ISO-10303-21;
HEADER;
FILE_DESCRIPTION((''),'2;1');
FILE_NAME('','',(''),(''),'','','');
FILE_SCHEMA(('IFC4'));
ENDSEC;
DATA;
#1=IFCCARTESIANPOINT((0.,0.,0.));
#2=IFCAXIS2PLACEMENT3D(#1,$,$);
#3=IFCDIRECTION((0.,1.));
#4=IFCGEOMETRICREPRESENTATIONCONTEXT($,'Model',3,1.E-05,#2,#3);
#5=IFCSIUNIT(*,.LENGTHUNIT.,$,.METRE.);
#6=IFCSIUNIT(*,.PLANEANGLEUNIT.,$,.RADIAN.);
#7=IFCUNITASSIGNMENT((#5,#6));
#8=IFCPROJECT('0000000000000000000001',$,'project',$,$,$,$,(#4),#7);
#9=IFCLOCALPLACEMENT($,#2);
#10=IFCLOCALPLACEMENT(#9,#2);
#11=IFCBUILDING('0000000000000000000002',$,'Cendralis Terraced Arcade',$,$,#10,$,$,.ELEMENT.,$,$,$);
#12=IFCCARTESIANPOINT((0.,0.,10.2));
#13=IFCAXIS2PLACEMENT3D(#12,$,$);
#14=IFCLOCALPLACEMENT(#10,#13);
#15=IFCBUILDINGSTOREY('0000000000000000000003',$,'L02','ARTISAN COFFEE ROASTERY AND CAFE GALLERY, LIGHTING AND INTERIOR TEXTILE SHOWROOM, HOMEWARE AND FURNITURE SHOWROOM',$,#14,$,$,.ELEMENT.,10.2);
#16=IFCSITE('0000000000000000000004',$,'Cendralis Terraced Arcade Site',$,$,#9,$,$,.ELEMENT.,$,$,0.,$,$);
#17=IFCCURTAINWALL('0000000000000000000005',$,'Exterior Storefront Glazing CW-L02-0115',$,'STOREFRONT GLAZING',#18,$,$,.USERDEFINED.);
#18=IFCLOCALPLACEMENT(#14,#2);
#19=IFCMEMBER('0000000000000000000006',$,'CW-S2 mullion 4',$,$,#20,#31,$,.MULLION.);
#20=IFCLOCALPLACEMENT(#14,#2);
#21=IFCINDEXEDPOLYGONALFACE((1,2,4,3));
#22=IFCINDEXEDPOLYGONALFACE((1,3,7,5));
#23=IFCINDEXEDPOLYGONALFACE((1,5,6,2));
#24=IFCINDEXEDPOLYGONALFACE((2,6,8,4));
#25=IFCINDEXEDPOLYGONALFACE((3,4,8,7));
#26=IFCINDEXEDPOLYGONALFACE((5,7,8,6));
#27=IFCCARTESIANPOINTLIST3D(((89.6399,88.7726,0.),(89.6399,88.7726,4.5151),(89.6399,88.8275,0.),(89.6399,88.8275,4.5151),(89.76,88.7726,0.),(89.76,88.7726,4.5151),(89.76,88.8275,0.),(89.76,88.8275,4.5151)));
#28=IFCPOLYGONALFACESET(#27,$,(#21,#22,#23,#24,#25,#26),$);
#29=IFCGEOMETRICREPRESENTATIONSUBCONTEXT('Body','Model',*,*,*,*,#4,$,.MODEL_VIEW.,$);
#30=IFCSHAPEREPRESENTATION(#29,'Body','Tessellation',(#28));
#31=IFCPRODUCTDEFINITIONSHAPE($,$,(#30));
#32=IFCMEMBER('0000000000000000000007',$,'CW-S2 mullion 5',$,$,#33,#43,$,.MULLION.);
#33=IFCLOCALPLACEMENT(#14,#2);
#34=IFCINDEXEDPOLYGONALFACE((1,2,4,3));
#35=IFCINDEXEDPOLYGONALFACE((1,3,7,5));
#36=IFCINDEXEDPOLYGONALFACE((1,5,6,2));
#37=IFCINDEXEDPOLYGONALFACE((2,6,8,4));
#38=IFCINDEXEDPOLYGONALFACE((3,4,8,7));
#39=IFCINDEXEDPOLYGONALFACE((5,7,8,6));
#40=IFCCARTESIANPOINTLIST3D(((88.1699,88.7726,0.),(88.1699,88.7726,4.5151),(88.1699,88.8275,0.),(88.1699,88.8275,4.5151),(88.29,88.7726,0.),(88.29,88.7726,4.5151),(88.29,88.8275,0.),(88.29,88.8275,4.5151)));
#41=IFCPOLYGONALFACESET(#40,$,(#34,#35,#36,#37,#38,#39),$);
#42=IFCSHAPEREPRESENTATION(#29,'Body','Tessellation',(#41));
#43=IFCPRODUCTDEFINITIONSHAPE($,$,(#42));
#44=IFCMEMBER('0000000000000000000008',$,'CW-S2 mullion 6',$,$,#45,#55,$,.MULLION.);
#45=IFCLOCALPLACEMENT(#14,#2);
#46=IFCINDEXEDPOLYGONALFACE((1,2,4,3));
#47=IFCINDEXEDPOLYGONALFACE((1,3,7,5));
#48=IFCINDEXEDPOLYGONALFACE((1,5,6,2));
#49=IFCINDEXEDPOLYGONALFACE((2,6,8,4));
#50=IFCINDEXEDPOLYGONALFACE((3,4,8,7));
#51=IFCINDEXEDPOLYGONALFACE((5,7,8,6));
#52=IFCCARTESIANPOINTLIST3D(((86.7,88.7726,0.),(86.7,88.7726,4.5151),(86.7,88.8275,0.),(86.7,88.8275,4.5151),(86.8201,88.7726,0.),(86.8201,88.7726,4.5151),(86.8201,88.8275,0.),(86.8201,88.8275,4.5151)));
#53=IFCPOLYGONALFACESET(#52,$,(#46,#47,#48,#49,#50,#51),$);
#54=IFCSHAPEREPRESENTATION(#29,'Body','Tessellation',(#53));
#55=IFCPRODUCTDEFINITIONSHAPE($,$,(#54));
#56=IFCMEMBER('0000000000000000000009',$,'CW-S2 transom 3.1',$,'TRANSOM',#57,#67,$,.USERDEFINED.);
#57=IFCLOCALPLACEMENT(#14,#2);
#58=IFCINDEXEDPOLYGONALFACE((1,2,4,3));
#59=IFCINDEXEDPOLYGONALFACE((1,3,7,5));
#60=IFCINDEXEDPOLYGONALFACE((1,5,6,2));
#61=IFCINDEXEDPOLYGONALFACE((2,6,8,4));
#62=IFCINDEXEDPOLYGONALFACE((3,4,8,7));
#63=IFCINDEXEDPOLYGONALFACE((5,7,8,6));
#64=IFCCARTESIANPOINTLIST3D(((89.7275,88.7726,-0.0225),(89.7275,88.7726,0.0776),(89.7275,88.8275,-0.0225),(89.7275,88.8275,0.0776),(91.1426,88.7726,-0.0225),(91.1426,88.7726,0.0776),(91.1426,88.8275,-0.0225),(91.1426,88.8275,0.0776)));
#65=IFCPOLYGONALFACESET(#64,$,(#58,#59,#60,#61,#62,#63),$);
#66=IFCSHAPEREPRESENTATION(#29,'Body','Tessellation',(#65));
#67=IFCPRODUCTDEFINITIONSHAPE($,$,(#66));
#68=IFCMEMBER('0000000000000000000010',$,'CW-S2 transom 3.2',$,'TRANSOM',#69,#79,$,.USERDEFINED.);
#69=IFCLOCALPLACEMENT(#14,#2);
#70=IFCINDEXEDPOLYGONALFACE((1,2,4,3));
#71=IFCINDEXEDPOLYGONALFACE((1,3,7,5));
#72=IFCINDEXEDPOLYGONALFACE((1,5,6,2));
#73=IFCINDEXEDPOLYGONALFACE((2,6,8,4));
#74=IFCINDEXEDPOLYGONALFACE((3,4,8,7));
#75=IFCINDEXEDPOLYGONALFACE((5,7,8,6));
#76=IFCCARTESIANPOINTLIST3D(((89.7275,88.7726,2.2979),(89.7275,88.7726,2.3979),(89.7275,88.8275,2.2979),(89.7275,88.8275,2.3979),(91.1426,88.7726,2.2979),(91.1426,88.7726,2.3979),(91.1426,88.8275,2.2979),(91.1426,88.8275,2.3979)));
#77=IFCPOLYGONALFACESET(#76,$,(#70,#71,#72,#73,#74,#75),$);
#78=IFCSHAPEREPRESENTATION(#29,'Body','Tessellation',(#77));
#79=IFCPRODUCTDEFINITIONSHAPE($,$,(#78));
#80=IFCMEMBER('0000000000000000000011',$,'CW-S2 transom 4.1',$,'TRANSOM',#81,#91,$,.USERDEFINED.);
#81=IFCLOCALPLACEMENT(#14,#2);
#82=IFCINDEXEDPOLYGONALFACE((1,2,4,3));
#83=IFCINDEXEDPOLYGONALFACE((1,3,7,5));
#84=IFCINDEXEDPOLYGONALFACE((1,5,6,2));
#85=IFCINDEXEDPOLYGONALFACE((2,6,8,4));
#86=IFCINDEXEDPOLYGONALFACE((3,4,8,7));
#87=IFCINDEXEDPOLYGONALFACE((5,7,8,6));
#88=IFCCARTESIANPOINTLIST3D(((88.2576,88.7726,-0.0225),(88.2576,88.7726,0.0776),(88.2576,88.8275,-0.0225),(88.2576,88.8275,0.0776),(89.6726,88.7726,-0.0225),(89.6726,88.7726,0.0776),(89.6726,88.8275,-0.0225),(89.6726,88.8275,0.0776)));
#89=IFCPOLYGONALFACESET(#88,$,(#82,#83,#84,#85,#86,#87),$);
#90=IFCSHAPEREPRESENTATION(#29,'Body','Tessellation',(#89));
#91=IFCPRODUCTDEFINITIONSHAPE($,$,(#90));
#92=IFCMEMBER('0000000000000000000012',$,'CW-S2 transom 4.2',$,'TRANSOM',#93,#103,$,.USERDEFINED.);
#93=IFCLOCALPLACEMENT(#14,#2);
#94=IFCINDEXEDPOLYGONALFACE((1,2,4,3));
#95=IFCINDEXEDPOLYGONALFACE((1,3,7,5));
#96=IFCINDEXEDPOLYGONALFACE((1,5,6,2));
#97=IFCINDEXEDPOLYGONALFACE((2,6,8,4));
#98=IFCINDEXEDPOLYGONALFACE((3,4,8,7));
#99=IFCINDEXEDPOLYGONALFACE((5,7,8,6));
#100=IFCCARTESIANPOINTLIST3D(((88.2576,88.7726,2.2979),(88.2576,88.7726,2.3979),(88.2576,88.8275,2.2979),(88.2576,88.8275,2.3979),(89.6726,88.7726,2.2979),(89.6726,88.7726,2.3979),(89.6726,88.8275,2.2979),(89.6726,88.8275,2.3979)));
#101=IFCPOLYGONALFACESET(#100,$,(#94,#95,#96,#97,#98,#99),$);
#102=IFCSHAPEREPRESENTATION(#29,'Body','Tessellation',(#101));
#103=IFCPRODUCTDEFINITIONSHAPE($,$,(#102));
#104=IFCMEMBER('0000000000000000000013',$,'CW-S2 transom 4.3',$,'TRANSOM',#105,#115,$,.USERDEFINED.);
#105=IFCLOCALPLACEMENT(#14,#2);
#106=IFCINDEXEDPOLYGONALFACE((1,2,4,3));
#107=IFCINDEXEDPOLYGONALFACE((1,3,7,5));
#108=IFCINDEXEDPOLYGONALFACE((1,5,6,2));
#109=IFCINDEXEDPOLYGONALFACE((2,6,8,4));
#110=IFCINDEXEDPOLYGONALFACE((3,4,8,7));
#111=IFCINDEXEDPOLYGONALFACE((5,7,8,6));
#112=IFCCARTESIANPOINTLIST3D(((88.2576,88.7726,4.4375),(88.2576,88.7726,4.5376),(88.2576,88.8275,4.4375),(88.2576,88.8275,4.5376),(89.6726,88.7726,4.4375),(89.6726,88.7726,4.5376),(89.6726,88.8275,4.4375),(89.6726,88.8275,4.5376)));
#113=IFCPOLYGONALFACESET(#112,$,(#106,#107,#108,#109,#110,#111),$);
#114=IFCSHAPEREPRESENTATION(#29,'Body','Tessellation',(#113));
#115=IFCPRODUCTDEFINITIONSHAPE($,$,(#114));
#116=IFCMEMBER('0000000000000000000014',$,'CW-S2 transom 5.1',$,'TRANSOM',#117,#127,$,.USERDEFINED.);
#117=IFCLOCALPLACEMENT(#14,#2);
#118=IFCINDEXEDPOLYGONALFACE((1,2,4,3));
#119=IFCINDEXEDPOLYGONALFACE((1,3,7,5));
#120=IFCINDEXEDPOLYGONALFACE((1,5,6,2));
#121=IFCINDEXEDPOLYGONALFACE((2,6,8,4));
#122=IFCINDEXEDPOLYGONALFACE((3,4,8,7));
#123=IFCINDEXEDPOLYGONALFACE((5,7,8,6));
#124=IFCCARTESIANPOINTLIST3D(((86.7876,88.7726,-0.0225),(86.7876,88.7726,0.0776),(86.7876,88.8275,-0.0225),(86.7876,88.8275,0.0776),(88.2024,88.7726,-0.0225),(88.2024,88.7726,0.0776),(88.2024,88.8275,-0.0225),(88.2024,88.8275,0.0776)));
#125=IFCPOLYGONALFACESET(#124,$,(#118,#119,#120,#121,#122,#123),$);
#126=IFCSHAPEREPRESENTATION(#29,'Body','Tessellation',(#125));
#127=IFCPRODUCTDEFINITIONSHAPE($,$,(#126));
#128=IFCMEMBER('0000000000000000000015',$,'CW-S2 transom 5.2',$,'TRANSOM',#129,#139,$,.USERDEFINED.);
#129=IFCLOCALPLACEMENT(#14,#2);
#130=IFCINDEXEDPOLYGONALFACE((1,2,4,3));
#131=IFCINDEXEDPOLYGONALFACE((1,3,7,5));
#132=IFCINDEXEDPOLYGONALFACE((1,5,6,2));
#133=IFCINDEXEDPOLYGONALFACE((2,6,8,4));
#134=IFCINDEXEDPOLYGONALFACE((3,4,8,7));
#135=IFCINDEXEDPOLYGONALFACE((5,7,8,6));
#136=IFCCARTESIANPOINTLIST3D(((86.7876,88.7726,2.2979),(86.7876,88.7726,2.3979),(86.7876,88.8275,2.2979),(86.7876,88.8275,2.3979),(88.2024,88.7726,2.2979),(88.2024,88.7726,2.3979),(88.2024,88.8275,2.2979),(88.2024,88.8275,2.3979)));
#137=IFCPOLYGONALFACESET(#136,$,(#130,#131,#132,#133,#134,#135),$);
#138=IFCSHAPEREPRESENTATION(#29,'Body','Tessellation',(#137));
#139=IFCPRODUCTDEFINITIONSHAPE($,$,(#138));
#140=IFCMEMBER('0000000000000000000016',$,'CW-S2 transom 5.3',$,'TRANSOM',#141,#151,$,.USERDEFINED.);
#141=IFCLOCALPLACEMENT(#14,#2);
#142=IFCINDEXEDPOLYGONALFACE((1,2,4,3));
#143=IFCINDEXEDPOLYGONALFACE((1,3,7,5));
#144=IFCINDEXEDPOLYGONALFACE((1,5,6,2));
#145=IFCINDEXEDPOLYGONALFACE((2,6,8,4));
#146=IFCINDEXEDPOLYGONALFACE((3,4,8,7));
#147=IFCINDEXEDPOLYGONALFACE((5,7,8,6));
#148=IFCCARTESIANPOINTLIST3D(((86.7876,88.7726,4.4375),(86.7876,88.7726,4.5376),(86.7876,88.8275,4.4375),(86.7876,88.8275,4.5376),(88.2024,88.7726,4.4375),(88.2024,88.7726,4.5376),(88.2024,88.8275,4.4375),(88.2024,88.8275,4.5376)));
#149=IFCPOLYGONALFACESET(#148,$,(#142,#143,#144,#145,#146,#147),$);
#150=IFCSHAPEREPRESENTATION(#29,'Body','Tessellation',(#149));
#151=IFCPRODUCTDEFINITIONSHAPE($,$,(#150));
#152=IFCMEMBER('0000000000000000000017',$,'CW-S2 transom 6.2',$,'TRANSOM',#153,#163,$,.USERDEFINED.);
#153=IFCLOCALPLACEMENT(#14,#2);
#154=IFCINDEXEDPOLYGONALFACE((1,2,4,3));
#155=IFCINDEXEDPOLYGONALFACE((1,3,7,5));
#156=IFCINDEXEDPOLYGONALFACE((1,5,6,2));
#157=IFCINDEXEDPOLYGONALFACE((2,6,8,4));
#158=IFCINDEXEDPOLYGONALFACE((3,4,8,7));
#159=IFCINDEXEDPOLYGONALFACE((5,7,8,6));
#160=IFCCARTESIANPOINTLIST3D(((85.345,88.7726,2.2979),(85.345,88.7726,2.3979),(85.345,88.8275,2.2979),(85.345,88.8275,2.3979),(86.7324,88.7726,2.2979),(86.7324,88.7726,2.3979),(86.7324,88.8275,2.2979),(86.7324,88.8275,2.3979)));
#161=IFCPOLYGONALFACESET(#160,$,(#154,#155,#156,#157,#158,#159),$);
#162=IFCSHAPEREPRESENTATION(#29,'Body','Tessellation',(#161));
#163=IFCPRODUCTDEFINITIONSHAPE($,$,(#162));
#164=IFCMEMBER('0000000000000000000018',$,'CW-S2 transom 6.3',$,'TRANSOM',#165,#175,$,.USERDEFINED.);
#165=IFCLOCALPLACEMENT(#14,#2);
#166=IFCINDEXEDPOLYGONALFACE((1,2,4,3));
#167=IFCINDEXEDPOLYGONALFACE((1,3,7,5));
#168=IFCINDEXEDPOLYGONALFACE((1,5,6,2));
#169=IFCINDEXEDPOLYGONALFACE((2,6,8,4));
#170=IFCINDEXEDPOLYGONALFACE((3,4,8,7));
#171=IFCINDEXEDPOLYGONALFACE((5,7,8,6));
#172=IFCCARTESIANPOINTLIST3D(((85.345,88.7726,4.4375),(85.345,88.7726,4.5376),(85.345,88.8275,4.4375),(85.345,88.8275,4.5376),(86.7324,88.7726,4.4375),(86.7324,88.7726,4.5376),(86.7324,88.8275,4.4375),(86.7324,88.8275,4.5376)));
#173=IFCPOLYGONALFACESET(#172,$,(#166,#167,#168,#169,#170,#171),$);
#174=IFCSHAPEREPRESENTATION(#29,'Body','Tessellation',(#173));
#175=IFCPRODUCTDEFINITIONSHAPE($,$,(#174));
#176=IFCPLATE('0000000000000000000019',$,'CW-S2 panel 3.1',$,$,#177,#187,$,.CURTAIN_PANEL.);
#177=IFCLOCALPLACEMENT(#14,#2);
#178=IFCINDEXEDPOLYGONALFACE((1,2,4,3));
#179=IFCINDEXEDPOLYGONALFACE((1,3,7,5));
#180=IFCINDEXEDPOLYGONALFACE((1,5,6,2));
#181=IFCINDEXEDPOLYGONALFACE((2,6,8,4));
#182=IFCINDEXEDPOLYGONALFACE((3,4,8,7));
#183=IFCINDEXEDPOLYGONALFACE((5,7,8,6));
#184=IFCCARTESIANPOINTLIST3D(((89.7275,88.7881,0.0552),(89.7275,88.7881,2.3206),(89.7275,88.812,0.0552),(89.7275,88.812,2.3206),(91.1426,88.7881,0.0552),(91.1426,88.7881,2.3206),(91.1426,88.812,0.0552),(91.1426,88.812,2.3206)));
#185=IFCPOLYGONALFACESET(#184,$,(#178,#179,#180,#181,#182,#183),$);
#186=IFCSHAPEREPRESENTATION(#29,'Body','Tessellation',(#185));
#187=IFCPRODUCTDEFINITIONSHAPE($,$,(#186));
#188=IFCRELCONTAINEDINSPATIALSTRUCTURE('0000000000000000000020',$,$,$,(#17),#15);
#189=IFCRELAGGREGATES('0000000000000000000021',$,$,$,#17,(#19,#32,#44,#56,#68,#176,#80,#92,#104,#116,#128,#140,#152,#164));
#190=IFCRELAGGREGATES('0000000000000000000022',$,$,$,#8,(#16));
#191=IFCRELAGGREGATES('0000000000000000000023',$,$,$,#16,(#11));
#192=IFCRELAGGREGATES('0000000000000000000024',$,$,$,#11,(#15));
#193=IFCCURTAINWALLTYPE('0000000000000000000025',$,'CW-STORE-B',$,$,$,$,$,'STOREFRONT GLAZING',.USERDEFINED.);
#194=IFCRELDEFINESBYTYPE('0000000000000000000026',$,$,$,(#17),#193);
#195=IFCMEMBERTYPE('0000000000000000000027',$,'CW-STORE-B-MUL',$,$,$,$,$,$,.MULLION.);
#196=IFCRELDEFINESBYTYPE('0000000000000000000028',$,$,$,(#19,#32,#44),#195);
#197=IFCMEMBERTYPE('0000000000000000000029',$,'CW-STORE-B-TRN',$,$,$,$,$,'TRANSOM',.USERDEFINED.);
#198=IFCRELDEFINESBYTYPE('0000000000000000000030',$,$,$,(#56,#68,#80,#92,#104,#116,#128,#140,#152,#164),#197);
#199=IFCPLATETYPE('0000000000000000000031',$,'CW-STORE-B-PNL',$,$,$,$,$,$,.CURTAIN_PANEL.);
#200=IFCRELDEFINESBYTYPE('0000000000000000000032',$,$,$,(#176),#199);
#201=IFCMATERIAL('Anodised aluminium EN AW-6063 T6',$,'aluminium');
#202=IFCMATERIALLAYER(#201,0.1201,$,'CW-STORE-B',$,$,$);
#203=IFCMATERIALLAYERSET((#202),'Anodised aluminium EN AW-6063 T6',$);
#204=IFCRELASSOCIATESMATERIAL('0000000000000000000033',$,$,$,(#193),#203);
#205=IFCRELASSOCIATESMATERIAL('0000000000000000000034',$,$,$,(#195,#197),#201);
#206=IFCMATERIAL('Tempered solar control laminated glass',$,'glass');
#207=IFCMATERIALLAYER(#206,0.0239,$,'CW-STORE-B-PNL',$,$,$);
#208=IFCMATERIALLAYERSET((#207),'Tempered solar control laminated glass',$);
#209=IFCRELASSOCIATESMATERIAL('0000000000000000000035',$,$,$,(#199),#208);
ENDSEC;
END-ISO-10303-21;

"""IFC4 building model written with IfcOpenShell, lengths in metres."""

from ifc_helpers import new_model, si_unit, direction, frame, origin, origin_2d, place, context, subcontext, project, spatial, rectangle, extrude, material, layer, layer_set, material_profile, profile_set, type_object, element, aggregate, save


model = new_model("IFC4")

# Units and contexts
model_context = context("Model", 3, precision=1e-05, world=origin(), true_north=direction((0.0, 1.0)))
body_context = subcontext(model_context, "Body", "Model", "MODEL_VIEW")
ifc_project = project(units=[si_unit("LENGTHUNIT", "METRE"), si_unit("PLANEANGLEUNIT", "RADIAN")], contexts=[model_context])

# Site, building, storey
site_placement = place(None, origin())
site = spatial("IfcSite", under=ifc_project, at=site_placement, Name="Cendralis Terraced Arcade Site", CompositionType="ELEMENT", RefElevation=0.0)
building_placement = place(site_placement, origin())
building = spatial("IfcBuilding", under=site, at=building_placement, Name="Cendralis Terraced Arcade", CompositionType="ELEMENT")
storey_placement = place(building_placement, frame((0.0, 0.0, 10.2)))
storey = spatial("IfcBuildingStorey", under=building, at=storey_placement, Name="L02", Description="ARTISAN COFFEE ROASTERY AND CAFE GALLERY, LIGHTING AND INTERIOR TEXTILE SHOWROOM, HOMEWARE AND FURNITURE SHOWROOM", CompositionType="ELEMENT", Elevation=10.2)

# Curtain wall, members, plate
ifc_material_1 = material(Name="Anodised aluminium EN AW-6063 T6", Category="aluminium")
ifc_layer_1 = layer(ifc_material_1, 0.1201, Name="CW-STORE-B")
ifc_layer_set_1 = layer_set([ifc_layer_1], Name="Anodised aluminium EN AW-6063 T6")
curtain_wall_type = type_object("IfcCurtainWallType", Name="CW-STORE-B", ElementType="STOREFRONT GLAZING", PredefinedType="USERDEFINED", material=ifc_layer_set_1)
curtain_wall_placement = place(storey_placement, origin())
curtain_wall = element("IfcCurtainWall", 1, at=curtain_wall_placement, inside=storey, type_object=curtain_wall_type, Name="Exterior Storefront Glazing CW-L02-0115", ObjectType="STOREFRONT GLAZING", PredefinedType="USERDEFINED")
ifc_material_profile_1 = material_profile(ifc_material_1, rectangle(XDim=0.0549, YDim=0.1201, at=origin_2d()), Name="ALU-MUL-55x120")
ifc_profile_set_1 = profile_set([ifc_material_profile_1], Name="Anodised aluminium EN AW-6063 T6")
member_type_1 = type_object("IfcMemberType", Name="CW-STORE-B-MUL", PredefinedType="MULLION", material=ifc_profile_set_1)
member_1_placement = place(storey_placement, frame((89.7, 88.8, 0.0), z_axis=(0.0, 0.0, 1.0), x_axis=(0.0, -1.0, 0.0)))
member_1 = element("IfcMember", 2, at=member_1_placement, type_object=member_type_1, Name="CW-S2 mullion 4", PredefinedType="MULLION", context=body_context, shape_type="SweptSolid", body=[
    extrude(rectangle(XDim=0.0549, YDim=0.1201, at=origin_2d()), origin(), (0.0, 0.0, 1.0), 4.5151),
])
member_2_placement = place(storey_placement, frame((88.23, 88.8, 0.0), z_axis=(0.0, 0.0, 1.0), x_axis=(0.0, -1.0, 0.0)))
member_2 = element("IfcMember", 3, at=member_2_placement, type_object=member_type_1, Name="CW-S2 mullion 5", PredefinedType="MULLION", context=body_context, shape_type="SweptSolid", body=[
    extrude(rectangle(XDim=0.0549, YDim=0.1201, at=origin_2d()), origin(), (0.0, 0.0, 1.0), 4.5151),
])
member_3_placement = place(storey_placement, frame((86.76, 88.8, 0.0), z_axis=(0.0, 0.0, 1.0), x_axis=(0.0, -1.0, 0.0)))
member_3 = element("IfcMember", 4, at=member_3_placement, type_object=member_type_1, Name="CW-S2 mullion 6", PredefinedType="MULLION", context=body_context, shape_type="SweptSolid", body=[
    extrude(rectangle(XDim=0.0549, YDim=0.1201, at=origin_2d()), origin(), (0.0, 0.0, 1.0), 4.5151),
])
ifc_material_profile_2 = material_profile(ifc_material_1, rectangle(XDim=0.0549, YDim=0.1001, at=origin_2d()), Name="ALU-TRN-55x100")
ifc_profile_set_2 = profile_set([ifc_material_profile_2], Name="Anodised aluminium EN AW-6063 T6")
member_type_2 = type_object("IfcMemberType", Name="CW-STORE-B-TRN", ElementType="TRANSOM", PredefinedType="USERDEFINED", material=ifc_profile_set_2)
member_4_placement = place(storey_placement, frame((91.1426, 88.8, 0.0276), z_axis=(-1.0, 0.0, 0.0), x_axis=(0.0, -1.0, 0.0)))
member_4 = element("IfcMember", 5, at=member_4_placement, type_object=member_type_2, Name="CW-S2 transom 3.1", ObjectType="TRANSOM", PredefinedType="USERDEFINED", context=body_context, shape_type="SweptSolid", body=[
    extrude(rectangle(XDim=0.0549, YDim=0.1001, at=origin_2d()), origin(), (0.0, 0.0, 1.0), 1.415),
])
member_5_placement = place(storey_placement, frame((91.1426, 88.8, 2.3479), z_axis=(-1.0, 0.0, 0.0), x_axis=(0.0, -1.0, 0.0)))
member_5 = element("IfcMember", 6, at=member_5_placement, type_object=member_type_2, Name="CW-S2 transom 3.2", ObjectType="TRANSOM", PredefinedType="USERDEFINED", context=body_context, shape_type="SweptSolid", body=[
    extrude(rectangle(XDim=0.0549, YDim=0.1001, at=origin_2d()), origin(), (0.0, 0.0, 1.0), 1.415),
])
member_6_placement = place(storey_placement, frame((89.6726, 88.8, 0.0276), z_axis=(-1.0, 0.0, 0.0), x_axis=(0.0, -1.0, 0.0)))
member_6 = element("IfcMember", 7, at=member_6_placement, type_object=member_type_2, Name="CW-S2 transom 4.1", ObjectType="TRANSOM", PredefinedType="USERDEFINED", context=body_context, shape_type="SweptSolid", body=[
    extrude(rectangle(XDim=0.0549, YDim=0.1001, at=origin_2d()), origin(), (0.0, 0.0, 1.0), 1.415),
])
member_7_placement = place(storey_placement, frame((89.6726, 88.8, 2.3479), z_axis=(-1.0, 0.0, 0.0), x_axis=(0.0, -1.0, 0.0)))
member_7 = element("IfcMember", 8, at=member_7_placement, type_object=member_type_2, Name="CW-S2 transom 4.2", ObjectType="TRANSOM", PredefinedType="USERDEFINED", context=body_context, shape_type="SweptSolid", body=[
    extrude(rectangle(XDim=0.0549, YDim=0.1001, at=origin_2d()), origin(), (0.0, 0.0, 1.0), 1.415),
])
member_8_placement = place(storey_placement, frame((89.6726, 88.8, 4.4875), z_axis=(-1.0, 0.0, 0.0), x_axis=(0.0, -1.0, 0.0)))
member_8 = element("IfcMember", 9, at=member_8_placement, type_object=member_type_2, Name="CW-S2 transom 4.3", ObjectType="TRANSOM", PredefinedType="USERDEFINED", context=body_context, shape_type="SweptSolid", body=[
    extrude(rectangle(XDim=0.0549, YDim=0.1001, at=origin_2d()), origin(), (0.0, 0.0, 1.0), 1.415),
])
member_9_placement = place(storey_placement, frame((88.2024, 88.8, 0.0276), z_axis=(-1.0, 0.0, 0.0), x_axis=(0.0, -1.0, 0.0)))
member_9 = element("IfcMember", 10, at=member_9_placement, type_object=member_type_2, Name="CW-S2 transom 5.1", ObjectType="TRANSOM", PredefinedType="USERDEFINED", context=body_context, shape_type="SweptSolid", body=[
    extrude(rectangle(XDim=0.0549, YDim=0.1001, at=origin_2d()), origin(), (0.0, 0.0, 1.0), 1.4148),
])
member_10_placement = place(storey_placement, frame((88.2024, 88.8, 2.3479), z_axis=(-1.0, 0.0, 0.0), x_axis=(0.0, -1.0, 0.0)))
member_10 = element("IfcMember", 11, at=member_10_placement, type_object=member_type_2, Name="CW-S2 transom 5.2", ObjectType="TRANSOM", PredefinedType="USERDEFINED", context=body_context, shape_type="SweptSolid", body=[
    extrude(rectangle(XDim=0.0549, YDim=0.1001, at=origin_2d()), origin(), (0.0, 0.0, 1.0), 1.4148),
])
member_11_placement = place(storey_placement, frame((88.2024, 88.8, 4.4875), z_axis=(-1.0, 0.0, 0.0), x_axis=(0.0, -1.0, 0.0)))
member_11 = element("IfcMember", 12, at=member_11_placement, type_object=member_type_2, Name="CW-S2 transom 5.3", ObjectType="TRANSOM", PredefinedType="USERDEFINED", context=body_context, shape_type="SweptSolid", body=[
    extrude(rectangle(XDim=0.0549, YDim=0.1001, at=origin_2d()), origin(), (0.0, 0.0, 1.0), 1.4148),
])
member_12_placement = place(storey_placement, frame((86.7324, 88.8, 2.3479), z_axis=(-1.0, 0.0, 0.0), x_axis=(0.0, -1.0, 0.0)))
member_12 = element("IfcMember", 13, at=member_12_placement, type_object=member_type_2, Name="CW-S2 transom 6.2", ObjectType="TRANSOM", PredefinedType="USERDEFINED", context=body_context, shape_type="SweptSolid", body=[
    extrude(rectangle(XDim=0.0549, YDim=0.1001, at=origin_2d()), origin(), (0.0, 0.0, 1.0), 1.3875),
])
member_13_placement = place(storey_placement, frame((86.7324, 88.8, 4.4875), z_axis=(-1.0, 0.0, 0.0), x_axis=(0.0, -1.0, 0.0)))
member_13 = element("IfcMember", 14, at=member_13_placement, type_object=member_type_2, Name="CW-S2 transom 6.3", ObjectType="TRANSOM", PredefinedType="USERDEFINED", context=body_context, shape_type="SweptSolid", body=[
    extrude(rectangle(XDim=0.0549, YDim=0.1001, at=origin_2d()), origin(), (0.0, 0.0, 1.0), 1.3875),
])
ifc_material_2 = material(Name="Tempered solar control laminated glass", Category="glass")
ifc_layer_2 = layer(ifc_material_2, 0.0239, Name="CW-STORE-B-PNL")
ifc_layer_set_2 = layer_set([ifc_layer_2], Name="Tempered solar control laminated glass")
plate_type = type_object("IfcPlateType", Name="CW-STORE-B-PNL", PredefinedType="CURTAIN_PANEL", material=ifc_layer_set_2)
plate_1_placement = place(storey_placement, frame((90.4351, 88.8, 0.0552), z_axis=(0.0, 0.0, 1.0), x_axis=(-1.0, 0.0, 0.0)))
plate_1 = element("IfcPlate", 15, at=plate_1_placement, type_object=plate_type, Name="CW-S2 panel 3.1", PredefinedType="CURTAIN_PANEL", context=body_context, shape_type="SweptSolid", body=[
    extrude(rectangle(XDim=1.415, YDim=0.0239, at=origin_2d()), origin(), (0.0, 0.0, 1.0), 2.2654),
])
aggregate(curtain_wall, [member_1, member_2, member_3, member_4, member_5, plate_1, member_6, member_7, member_8, member_9, member_10, member_11, member_12, member_13])

save(model, "model.ifc")
